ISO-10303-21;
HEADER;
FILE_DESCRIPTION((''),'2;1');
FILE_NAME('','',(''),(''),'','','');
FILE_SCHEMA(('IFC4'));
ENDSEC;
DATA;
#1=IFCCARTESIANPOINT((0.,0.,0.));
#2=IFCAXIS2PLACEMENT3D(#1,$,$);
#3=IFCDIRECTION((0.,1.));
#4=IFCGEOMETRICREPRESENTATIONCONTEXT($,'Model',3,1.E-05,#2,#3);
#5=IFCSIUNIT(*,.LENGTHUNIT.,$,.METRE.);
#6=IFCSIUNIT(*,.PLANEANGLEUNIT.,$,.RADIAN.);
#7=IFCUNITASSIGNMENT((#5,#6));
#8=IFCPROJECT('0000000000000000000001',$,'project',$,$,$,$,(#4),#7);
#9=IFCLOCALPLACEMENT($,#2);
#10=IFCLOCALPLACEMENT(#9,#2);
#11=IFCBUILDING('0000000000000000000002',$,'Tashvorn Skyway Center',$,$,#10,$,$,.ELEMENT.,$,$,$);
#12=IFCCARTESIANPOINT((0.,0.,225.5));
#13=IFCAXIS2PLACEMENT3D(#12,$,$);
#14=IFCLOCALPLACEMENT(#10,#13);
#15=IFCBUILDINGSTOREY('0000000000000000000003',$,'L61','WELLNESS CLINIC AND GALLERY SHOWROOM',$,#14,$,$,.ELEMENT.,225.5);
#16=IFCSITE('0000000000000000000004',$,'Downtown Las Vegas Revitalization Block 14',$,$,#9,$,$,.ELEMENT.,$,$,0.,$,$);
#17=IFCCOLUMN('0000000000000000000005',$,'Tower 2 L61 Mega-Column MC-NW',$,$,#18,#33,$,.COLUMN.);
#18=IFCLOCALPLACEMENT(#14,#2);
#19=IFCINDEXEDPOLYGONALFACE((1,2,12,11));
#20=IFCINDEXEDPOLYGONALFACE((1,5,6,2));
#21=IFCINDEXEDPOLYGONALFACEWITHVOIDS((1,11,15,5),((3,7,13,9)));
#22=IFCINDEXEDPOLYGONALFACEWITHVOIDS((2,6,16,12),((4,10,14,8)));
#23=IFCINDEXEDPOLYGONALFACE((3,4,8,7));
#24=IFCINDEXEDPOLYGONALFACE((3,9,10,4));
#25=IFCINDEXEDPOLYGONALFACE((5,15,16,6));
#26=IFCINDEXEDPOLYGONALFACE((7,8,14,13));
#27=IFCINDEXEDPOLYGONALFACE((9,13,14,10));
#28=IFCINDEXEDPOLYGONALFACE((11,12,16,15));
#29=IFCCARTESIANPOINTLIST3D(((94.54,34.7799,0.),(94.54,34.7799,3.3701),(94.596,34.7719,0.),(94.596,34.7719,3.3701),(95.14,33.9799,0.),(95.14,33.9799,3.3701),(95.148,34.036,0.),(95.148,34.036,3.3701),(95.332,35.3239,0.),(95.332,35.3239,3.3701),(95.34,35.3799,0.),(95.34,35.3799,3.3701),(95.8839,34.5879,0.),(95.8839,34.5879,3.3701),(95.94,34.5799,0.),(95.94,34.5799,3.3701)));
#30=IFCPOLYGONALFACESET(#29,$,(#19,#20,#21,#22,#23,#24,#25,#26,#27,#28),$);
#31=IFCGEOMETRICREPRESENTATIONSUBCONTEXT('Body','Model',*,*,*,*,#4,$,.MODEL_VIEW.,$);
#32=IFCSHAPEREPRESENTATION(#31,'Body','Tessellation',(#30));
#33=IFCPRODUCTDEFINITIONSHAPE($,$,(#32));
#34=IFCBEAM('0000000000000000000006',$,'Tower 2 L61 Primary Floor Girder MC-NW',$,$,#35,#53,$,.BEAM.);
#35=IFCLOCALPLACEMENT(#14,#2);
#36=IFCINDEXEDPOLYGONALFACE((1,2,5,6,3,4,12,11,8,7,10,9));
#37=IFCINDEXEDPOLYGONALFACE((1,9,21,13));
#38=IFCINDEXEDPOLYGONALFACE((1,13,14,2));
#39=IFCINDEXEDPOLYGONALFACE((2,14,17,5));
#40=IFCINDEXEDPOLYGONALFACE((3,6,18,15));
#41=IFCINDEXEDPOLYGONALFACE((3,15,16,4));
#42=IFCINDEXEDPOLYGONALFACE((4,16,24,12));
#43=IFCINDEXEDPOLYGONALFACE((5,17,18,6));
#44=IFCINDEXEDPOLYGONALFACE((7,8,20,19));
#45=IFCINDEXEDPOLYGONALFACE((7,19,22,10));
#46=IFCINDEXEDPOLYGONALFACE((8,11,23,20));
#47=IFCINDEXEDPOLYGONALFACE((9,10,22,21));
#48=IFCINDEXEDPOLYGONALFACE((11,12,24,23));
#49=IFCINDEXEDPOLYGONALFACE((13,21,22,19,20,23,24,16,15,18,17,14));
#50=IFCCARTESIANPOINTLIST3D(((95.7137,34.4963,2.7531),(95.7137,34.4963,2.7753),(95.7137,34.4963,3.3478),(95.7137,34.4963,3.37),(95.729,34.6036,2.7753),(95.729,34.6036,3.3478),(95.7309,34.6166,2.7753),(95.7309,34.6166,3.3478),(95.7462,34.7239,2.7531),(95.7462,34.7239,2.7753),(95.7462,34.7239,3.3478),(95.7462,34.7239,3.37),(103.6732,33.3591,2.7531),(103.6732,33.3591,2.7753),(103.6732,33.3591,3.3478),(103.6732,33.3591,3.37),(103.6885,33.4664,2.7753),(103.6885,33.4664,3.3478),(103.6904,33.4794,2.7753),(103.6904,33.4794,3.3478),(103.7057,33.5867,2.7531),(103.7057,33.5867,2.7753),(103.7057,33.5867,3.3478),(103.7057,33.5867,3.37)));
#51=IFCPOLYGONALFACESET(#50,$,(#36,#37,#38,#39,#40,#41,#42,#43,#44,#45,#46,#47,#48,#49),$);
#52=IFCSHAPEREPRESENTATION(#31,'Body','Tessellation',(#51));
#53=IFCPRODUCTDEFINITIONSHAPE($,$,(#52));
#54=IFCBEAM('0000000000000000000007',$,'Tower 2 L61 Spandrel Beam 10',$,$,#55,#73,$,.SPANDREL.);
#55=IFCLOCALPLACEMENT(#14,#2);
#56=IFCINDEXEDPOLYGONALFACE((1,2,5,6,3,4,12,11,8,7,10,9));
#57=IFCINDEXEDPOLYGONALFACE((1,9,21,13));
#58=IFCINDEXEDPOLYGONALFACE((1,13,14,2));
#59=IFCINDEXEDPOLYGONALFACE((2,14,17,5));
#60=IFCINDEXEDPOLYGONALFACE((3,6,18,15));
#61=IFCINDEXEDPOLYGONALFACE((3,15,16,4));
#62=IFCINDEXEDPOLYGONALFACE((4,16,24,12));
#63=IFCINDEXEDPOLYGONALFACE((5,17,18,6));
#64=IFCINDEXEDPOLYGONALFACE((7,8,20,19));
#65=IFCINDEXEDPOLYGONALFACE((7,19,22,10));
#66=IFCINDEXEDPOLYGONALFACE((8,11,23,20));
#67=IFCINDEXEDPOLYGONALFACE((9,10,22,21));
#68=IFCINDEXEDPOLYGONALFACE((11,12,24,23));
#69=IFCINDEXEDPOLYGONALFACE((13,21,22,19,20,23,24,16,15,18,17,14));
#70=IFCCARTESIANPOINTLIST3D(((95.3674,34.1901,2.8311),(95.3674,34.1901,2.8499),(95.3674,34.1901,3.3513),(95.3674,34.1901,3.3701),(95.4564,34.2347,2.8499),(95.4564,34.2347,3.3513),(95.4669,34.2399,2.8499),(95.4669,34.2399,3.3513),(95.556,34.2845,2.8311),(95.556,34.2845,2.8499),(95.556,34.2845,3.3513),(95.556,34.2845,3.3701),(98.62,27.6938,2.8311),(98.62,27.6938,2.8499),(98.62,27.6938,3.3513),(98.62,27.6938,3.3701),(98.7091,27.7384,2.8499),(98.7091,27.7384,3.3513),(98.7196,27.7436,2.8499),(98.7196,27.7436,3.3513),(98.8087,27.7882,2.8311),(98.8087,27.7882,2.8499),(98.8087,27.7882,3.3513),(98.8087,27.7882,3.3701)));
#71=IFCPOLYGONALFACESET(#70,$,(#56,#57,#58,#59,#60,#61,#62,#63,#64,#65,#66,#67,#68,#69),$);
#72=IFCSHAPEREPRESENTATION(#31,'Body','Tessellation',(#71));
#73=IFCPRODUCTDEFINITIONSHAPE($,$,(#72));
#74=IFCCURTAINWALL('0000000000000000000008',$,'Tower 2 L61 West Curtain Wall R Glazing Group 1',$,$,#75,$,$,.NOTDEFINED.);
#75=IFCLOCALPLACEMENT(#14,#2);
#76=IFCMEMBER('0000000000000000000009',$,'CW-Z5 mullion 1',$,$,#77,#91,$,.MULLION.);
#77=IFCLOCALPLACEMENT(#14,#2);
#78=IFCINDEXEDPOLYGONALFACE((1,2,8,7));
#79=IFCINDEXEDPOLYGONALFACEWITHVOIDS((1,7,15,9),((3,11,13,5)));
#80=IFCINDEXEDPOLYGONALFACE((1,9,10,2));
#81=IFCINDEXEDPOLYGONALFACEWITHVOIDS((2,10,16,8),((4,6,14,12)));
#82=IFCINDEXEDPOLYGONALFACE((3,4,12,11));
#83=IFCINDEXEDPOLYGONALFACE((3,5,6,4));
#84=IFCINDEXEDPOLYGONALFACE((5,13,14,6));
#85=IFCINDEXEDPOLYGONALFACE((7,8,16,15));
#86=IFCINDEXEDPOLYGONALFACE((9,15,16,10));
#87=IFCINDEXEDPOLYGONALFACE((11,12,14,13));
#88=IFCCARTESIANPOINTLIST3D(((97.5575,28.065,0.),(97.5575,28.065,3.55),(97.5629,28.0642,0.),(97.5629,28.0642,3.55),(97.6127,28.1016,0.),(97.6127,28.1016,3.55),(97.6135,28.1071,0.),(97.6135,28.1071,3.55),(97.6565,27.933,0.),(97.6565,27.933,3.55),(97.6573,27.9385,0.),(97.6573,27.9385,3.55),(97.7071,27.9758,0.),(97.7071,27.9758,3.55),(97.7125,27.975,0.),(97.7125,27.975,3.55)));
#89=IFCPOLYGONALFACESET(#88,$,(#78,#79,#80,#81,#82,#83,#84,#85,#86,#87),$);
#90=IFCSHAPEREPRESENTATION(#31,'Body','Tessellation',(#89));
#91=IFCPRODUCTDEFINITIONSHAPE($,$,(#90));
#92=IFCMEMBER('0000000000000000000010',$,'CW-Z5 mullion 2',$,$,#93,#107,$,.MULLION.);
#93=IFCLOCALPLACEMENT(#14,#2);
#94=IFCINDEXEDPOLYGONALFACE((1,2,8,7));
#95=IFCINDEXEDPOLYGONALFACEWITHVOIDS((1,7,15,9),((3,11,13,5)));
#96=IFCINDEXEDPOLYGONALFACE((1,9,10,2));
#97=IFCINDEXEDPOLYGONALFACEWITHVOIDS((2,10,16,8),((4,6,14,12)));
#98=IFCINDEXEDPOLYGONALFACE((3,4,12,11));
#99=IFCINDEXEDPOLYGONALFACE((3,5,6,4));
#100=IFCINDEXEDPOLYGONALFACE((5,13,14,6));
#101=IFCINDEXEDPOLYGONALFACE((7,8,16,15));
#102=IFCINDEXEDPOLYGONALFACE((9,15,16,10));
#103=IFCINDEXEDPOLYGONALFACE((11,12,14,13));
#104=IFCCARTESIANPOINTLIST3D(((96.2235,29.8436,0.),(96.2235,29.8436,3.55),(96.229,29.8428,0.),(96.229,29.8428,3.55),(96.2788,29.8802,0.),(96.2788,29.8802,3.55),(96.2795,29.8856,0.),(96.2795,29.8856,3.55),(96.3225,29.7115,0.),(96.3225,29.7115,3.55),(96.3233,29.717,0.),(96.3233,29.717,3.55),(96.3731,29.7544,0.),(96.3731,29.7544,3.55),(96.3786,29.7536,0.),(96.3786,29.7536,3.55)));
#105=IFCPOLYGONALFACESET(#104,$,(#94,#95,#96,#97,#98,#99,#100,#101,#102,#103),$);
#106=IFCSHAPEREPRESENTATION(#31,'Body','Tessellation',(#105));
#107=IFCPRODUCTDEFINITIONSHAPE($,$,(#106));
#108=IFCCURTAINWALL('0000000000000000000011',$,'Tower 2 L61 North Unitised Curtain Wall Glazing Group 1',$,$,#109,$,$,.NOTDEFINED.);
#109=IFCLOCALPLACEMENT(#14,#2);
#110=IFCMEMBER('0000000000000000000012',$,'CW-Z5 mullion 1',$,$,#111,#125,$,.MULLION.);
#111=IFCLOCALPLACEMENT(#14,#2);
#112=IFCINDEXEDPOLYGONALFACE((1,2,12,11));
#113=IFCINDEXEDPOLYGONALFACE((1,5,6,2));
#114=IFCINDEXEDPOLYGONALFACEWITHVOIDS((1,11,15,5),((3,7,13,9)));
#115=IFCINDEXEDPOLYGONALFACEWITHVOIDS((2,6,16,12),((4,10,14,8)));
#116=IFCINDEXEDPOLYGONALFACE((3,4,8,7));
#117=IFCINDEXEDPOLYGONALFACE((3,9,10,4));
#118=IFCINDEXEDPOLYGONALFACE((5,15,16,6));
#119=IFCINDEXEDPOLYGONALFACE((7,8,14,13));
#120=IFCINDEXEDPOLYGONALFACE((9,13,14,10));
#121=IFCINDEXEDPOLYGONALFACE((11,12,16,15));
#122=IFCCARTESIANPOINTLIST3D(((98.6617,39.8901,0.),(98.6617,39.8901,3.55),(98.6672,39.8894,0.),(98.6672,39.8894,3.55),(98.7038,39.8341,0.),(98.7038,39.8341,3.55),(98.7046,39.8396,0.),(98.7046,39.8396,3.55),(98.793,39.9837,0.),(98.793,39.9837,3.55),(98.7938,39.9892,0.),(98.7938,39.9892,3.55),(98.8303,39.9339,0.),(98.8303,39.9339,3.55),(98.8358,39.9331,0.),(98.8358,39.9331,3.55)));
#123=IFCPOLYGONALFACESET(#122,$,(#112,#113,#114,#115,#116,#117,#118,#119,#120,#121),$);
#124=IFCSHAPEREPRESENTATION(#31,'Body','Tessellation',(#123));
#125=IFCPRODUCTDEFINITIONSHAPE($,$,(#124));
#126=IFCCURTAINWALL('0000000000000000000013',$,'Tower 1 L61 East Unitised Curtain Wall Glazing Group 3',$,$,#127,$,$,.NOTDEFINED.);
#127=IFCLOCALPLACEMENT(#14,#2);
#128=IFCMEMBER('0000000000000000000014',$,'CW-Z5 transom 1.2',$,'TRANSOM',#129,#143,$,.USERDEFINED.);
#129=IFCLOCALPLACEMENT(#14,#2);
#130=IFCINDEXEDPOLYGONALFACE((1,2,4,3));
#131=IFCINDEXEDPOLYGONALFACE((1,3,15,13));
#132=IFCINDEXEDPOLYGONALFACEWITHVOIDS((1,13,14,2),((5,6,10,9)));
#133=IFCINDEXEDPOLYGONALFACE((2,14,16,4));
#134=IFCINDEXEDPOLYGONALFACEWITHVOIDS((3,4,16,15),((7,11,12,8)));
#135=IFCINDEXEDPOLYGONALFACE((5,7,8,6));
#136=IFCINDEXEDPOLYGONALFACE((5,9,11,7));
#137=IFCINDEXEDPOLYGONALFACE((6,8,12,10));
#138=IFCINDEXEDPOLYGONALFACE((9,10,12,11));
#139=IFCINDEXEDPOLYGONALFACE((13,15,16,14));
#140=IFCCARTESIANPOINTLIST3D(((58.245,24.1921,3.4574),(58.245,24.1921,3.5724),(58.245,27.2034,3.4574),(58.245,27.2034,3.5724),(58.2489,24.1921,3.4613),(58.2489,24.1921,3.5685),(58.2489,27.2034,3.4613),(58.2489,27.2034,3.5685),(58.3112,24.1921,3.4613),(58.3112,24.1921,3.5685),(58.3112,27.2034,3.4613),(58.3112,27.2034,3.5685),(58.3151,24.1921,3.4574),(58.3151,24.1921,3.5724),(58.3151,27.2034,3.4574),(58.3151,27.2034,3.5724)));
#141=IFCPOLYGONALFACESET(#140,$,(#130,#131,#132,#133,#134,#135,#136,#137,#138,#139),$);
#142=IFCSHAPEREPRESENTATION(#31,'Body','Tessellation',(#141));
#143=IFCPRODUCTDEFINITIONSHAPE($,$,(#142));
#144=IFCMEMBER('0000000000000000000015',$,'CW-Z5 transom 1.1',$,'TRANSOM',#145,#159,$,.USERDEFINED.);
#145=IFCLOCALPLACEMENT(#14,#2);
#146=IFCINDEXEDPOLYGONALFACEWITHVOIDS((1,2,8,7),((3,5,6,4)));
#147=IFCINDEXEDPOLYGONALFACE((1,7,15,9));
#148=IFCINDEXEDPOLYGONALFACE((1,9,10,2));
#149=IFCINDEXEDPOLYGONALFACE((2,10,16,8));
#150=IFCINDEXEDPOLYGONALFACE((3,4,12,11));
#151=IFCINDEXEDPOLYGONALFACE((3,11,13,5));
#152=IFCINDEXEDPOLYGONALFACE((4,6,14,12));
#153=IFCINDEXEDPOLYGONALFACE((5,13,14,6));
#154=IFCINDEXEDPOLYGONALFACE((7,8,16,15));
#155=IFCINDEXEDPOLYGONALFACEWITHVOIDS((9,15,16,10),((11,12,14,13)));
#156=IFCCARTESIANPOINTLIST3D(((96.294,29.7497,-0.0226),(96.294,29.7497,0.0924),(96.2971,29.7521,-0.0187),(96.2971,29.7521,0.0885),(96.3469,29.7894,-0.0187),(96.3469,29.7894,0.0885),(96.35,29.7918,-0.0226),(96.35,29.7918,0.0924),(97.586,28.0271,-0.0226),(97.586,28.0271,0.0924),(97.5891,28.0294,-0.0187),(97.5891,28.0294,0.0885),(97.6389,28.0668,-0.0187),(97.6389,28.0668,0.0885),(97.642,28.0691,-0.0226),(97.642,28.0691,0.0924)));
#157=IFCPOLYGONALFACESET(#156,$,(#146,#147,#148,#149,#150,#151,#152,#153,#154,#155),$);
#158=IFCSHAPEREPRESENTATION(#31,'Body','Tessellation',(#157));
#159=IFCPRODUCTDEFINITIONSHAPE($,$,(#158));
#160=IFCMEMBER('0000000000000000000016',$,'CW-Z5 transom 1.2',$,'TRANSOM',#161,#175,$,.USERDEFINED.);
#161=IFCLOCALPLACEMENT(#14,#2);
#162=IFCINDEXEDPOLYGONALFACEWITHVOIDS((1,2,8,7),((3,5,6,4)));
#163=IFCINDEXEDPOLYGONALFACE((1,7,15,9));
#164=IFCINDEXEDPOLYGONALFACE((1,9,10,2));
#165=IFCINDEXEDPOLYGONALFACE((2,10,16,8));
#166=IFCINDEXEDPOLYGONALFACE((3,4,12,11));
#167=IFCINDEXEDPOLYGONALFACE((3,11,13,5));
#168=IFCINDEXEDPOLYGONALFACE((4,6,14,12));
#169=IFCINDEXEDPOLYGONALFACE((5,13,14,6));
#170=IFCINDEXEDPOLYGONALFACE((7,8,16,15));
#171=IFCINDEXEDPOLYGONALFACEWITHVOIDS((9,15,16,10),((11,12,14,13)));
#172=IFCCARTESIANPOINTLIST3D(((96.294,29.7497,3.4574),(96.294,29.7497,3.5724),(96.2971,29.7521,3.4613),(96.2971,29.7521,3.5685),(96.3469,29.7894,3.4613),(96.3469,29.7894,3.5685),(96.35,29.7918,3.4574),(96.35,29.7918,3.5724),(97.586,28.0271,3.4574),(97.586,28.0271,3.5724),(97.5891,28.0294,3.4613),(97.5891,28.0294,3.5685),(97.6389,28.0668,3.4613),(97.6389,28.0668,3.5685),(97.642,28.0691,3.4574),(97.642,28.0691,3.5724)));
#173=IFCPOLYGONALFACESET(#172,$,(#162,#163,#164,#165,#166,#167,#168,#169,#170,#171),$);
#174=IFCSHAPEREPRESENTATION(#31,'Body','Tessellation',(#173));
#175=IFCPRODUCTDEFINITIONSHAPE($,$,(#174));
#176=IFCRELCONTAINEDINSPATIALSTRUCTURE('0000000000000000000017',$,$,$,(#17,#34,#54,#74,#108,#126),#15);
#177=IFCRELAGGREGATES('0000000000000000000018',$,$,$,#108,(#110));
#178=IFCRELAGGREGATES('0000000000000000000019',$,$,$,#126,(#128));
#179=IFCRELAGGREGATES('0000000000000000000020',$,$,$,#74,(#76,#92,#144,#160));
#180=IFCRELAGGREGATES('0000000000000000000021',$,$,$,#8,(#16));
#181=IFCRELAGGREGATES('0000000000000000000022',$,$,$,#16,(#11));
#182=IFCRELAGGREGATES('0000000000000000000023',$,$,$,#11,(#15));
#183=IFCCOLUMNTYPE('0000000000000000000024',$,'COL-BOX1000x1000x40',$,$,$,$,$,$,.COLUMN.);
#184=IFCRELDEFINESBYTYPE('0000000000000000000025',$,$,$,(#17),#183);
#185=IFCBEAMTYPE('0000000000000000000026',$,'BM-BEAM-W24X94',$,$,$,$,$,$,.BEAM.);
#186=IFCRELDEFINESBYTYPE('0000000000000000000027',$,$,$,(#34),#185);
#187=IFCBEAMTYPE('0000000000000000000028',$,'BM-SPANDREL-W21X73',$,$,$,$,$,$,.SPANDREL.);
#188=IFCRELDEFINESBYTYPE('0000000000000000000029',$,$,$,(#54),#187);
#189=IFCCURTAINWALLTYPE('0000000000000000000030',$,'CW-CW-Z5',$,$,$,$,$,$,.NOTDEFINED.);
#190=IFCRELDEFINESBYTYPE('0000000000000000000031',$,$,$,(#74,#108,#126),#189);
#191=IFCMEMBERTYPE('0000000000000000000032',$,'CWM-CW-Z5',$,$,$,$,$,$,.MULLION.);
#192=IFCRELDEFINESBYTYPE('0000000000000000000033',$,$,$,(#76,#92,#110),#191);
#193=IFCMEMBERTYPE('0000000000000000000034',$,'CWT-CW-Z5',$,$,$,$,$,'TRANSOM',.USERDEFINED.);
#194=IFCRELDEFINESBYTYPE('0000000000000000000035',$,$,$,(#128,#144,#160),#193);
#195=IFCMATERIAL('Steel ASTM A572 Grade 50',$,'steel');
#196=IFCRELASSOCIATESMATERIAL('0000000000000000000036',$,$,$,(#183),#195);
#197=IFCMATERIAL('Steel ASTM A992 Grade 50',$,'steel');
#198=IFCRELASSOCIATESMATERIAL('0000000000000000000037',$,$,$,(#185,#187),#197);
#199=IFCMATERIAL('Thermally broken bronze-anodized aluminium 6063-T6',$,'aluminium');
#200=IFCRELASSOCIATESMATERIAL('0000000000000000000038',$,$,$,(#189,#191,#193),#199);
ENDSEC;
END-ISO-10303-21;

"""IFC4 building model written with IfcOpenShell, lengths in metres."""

from ifc_helpers import new_model, si_unit, direction, frame, origin, origin_2d, place, context, subcontext, project, spatial, hollow_rectangle, i_section, extrude, material, material_profile, profile_set, type_object, element, aggregate, save


model = new_model("IFC4")

# Units and contexts
model_context = context("Model", 3, precision=1e-05, world=origin(), true_north=direction((0.0, 1.0)))
body_context = subcontext(model_context, "Body", "Model", "MODEL_VIEW")
ifc_project = project(units=[si_unit("LENGTHUNIT", "METRE"), si_unit("PLANEANGLEUNIT", "RADIAN")], contexts=[model_context])

# Site, building, storey
site_placement = place(None, origin())
site = spatial("IfcSite", under=ifc_project, at=site_placement, Name="Downtown Las Vegas Revitalization Block 14", CompositionType="ELEMENT", RefElevation=0.0)
building_placement = place(site_placement, origin())
building = spatial("IfcBuilding", under=site, at=building_placement, Name="Tashvorn Skyway Center", CompositionType="ELEMENT")
storey_placement = place(building_placement, frame((0.0, 0.0, 225.5)))
storey = spatial("IfcBuildingStorey", under=building, at=storey_placement, Name="L61", Description="WELLNESS CLINIC AND GALLERY SHOWROOM", CompositionType="ELEMENT", Elevation=225.5)

# Column
ifc_material_1 = material(Name="Steel ASTM A572 Grade 50", Category="steel")
ifc_material_profile_1 = material_profile(ifc_material_1, hollow_rectangle(XDim=1.0, YDim=1.0, WallThickness=0.04, at=origin_2d()), Name="BOX1000x1000x40")
ifc_profile_set_1 = profile_set([ifc_material_profile_1], Name="Steel ASTM A572 Grade 50")
column_type = type_object("IfcColumnType", Name="COL-BOX1000x1000x40", PredefinedType="COLUMN", material=ifc_profile_set_1)
column_placement = place(storey_placement, frame((95.24, 34.6799, 0.0), z_axis=(0.0, 0.0, 1.0), x_axis=(0.8, 0.6, 0.0)))
element("IfcColumn", 1, at=column_placement, inside=storey, type_object=column_type, Name="Tower 2 L61 Mega-Column MC-NW", PredefinedType="COLUMN", context=body_context, shape_type="SweptSolid", body=[
    extrude(hollow_rectangle(XDim=1.0, YDim=1.0, WallThickness=0.04, at=origin_2d()), origin(), (0.0, 0.0, 1.0), 3.3701),
])

# Beams
ifc_material_2 = material(Name="Steel ASTM A992 Grade 50", Category="steel")
ifc_material_profile_2 = material_profile(ifc_material_2, i_section(OverallWidth=0.23, OverallDepth=0.6169, WebThickness=0.0132, FlangeThickness=0.0222, at=origin_2d()), Name="W24X94")
ifc_profile_set_2 = profile_set([ifc_material_profile_2], Name="Steel ASTM A992 Grade 50")
beam_type_1 = type_object("IfcBeamType", Name="BM-BEAM-W24X94", PredefinedType="BEAM", material=ifc_profile_set_2)
beam_1_placement = place(storey_placement, frame((95.73, 34.6101, 3.0615), z_axis=(0.989947, -0.141438, 0.0), x_axis=(0.141438, 0.989947, 0.0)))
element("IfcBeam", 2, at=beam_1_placement, inside=storey, type_object=beam_type_1, Name="Tower 2 L61 Primary Floor Girder MC-NW", PredefinedType="BEAM", context=body_context, shape_type="SweptSolid", body=[
    extrude(i_section(OverallWidth=0.23, OverallDepth=0.6169, WebThickness=0.0132, FlangeThickness=0.0222, at=origin_2d()), origin(), (0.0, 0.0, 1.0), 8.0403),
])
ifc_material_profile_3 = material_profile(ifc_material_2, i_section(OverallWidth=0.2109, OverallDepth=0.5391, WebThickness=0.0117, FlangeThickness=0.0188, at=origin_2d()), Name="W21X73")
ifc_profile_set_3 = profile_set([ifc_material_profile_3], Name="Steel ASTM A992 Grade 50")
beam_type_2 = type_object("IfcBeamType", Name="BM-SPANDREL-W21X73", PredefinedType="SPANDREL", material=ifc_profile_set_3)
beam_2_placement = place(storey_placement, frame((95.4617, 34.2373, 3.1006), z_axis=(0.447711, -0.894178, 0.0), x_axis=(0.894178, 0.447711, 0.0)))
element("IfcBeam", 3, at=beam_2_placement, inside=storey, type_object=beam_type_2, Name="Tower 2 L61 Spandrel Beam 10", PredefinedType="SPANDREL", context=body_context, shape_type="SweptSolid", body=[
    extrude(i_section(OverallWidth=0.2109, OverallDepth=0.5391, WebThickness=0.0117, FlangeThickness=0.0188, at=origin_2d()), origin(), (0.0, 0.0, 1.0), 7.2651),
])

# Curtain wall, members
ifc_material_3 = material(Name="Thermally broken bronze-anodized aluminium 6063-T6", Category="aluminium")
curtain_wall_type = type_object("IfcCurtainWallType", Name="CW-CW-Z5", PredefinedType="NOTDEFINED", material=ifc_material_3)
curtain_wall_1_placement = place(storey_placement, origin())
curtain_wall_1 = element("IfcCurtainWall", 4, at=curtain_wall_1_placement, inside=storey, type_object=curtain_wall_type, Name="Tower 2 L61 West Curtain Wall R Glazing Group 1", PredefinedType="NOTDEFINED")
ifc_material_profile_4 = material_profile(ifc_material_3, hollow_rectangle(XDim=0.0701, YDim=0.165, WallThickness=0.0039, at=origin_2d()), Name="ALU-MULL-70x165")
ifc_profile_set_4 = profile_set([ifc_material_profile_4], Name="Thermally broken bronze-anodized aluminium 6063-T6")
member_type_1 = type_object("IfcMemberType", Name="CWM-CW-Z5", PredefinedType="MULLION", material=ifc_profile_set_4)
member_1_placement = place(storey_placement, frame((97.635, 28.02, 0.0), z_axis=(0.0, 0.0, 1.0), x_axis=(-0.800005, -0.599993, 0.0)))
member_1 = element("IfcMember", 5, at=member_1_placement, type_object=member_type_1, Name="CW-Z5 mullion 1", PredefinedType="MULLION", context=body_context, shape_type="SweptSolid", body=[
    extrude(hollow_rectangle(XDim=0.0701, YDim=0.165, WallThickness=0.0039, at=origin_2d()), origin(), (0.0, 0.0, 1.0), 3.55),
])
member_2_placement = place(storey_placement, frame((96.301, 29.7986, 0.0), z_axis=(0.0, 0.0, 1.0), x_axis=(-0.800005, -0.599993, 0.0)))
member_2 = element("IfcMember", 6, at=member_2_placement, type_object=member_type_1, Name="CW-Z5 mullion 2", PredefinedType="MULLION", context=body_context, shape_type="SweptSolid", body=[
    extrude(hollow_rectangle(XDim=0.0701, YDim=0.165, WallThickness=0.0039, at=origin_2d()), origin(), (0.0, 0.0, 1.0), 3.55),
])

# Curtain walls, members
curtain_wall_2_placement = place(storey_placement, origin())
curtain_wall_2 = element("IfcCurtainWall", 7, at=curtain_wall_2_placement, inside=storey, type_object=curtain_wall_type, Name="Tower 2 L61 North Unitised Curtain Wall Glazing Group 1", PredefinedType="NOTDEFINED")
member_3_placement = place(storey_placement, frame((98.7488, 39.9116, 0.0), z_axis=(0.0, 0.0, 1.0), x_axis=(-0.6, 0.8, 0.0)))
member_3 = element("IfcMember", 8, at=member_3_placement, type_object=member_type_1, Name="CW-Z5 mullion 1", PredefinedType="MULLION", context=body_context, shape_type="SweptSolid", body=[
    extrude(hollow_rectangle(XDim=0.0701, YDim=0.165, WallThickness=0.0039, at=origin_2d()), origin(), (0.0, 0.0, 1.0), 3.55),
])
curtain_wall_3_placement = place(storey_placement, origin())
curtain_wall_3 = element("IfcCurtainWall", 9, at=curtain_wall_3_placement, inside=storey, type_object=curtain_wall_type, Name="Tower 1 L61 East Unitised Curtain Wall Glazing Group 3", PredefinedType="NOTDEFINED")
ifc_material_profile_5 = material_profile(ifc_material_3, hollow_rectangle(XDim=0.0701, YDim=0.115, WallThickness=0.0039, at=origin_2d()), Name="ALU-TRAN-70x115")
ifc_profile_set_5 = profile_set([ifc_material_profile_5], Name="Thermally broken bronze-anodized aluminium 6063-T6")
member_type_2 = type_object("IfcMemberType", Name="CWT-CW-Z5", ElementType="TRANSOM", PredefinedType="USERDEFINED", material=ifc_profile_set_5)
member_4_placement = place(storey_placement, frame((58.28, 27.2034, 3.5149), z_axis=(0.0, -1.0, 0.0), x_axis=(1.0, 0.0, 0.0)))
member_4 = element("IfcMember", 10, at=member_4_placement, type_object=member_type_2, Name="CW-Z5 transom 1.2", ObjectType="TRANSOM", PredefinedType="USERDEFINED", context=body_context, shape_type="SweptSolid", body=[
    extrude(hollow_rectangle(XDim=0.0701, YDim=0.115, WallThickness=0.0039, at=origin_2d()), origin(), (0.0, 0.0, 1.0), 3.0112),
])

# Members
member_5_placement = place(storey_placement, frame((97.614, 28.0481, 0.0349), z_axis=(-0.6, 0.8, 0.0), x_axis=(-0.8, -0.6, 0.0)))
member_5 = element("IfcMember", 11, at=member_5_placement, type_object=member_type_2, Name="CW-Z5 transom 1.1", ObjectType="TRANSOM", PredefinedType="USERDEFINED", context=body_context, shape_type="SweptSolid", body=[
    extrude(hollow_rectangle(XDim=0.0701, YDim=0.115, WallThickness=0.0039, at=origin_2d()), origin(), (0.0, 0.0, 1.0), 2.1533),
])
member_6_placement = place(storey_placement, frame((97.614, 28.0481, 3.5149), z_axis=(-0.6, 0.8, 0.0), x_axis=(-0.8, -0.6, 0.0)))
member_6 = element("IfcMember", 12, at=member_6_placement, type_object=member_type_2, Name="CW-Z5 transom 1.2", ObjectType="TRANSOM", PredefinedType="USERDEFINED", context=body_context, shape_type="SweptSolid", body=[
    extrude(hollow_rectangle(XDim=0.0701, YDim=0.115, WallThickness=0.0039, at=origin_2d()), origin(), (0.0, 0.0, 1.0), 2.1533),
])
aggregate(curtain_wall_2, [member_3])

aggregate(curtain_wall_3, [member_4])
aggregate(curtain_wall_1, [member_1, member_2, member_5, member_6])

save(model, "model.ifc")
